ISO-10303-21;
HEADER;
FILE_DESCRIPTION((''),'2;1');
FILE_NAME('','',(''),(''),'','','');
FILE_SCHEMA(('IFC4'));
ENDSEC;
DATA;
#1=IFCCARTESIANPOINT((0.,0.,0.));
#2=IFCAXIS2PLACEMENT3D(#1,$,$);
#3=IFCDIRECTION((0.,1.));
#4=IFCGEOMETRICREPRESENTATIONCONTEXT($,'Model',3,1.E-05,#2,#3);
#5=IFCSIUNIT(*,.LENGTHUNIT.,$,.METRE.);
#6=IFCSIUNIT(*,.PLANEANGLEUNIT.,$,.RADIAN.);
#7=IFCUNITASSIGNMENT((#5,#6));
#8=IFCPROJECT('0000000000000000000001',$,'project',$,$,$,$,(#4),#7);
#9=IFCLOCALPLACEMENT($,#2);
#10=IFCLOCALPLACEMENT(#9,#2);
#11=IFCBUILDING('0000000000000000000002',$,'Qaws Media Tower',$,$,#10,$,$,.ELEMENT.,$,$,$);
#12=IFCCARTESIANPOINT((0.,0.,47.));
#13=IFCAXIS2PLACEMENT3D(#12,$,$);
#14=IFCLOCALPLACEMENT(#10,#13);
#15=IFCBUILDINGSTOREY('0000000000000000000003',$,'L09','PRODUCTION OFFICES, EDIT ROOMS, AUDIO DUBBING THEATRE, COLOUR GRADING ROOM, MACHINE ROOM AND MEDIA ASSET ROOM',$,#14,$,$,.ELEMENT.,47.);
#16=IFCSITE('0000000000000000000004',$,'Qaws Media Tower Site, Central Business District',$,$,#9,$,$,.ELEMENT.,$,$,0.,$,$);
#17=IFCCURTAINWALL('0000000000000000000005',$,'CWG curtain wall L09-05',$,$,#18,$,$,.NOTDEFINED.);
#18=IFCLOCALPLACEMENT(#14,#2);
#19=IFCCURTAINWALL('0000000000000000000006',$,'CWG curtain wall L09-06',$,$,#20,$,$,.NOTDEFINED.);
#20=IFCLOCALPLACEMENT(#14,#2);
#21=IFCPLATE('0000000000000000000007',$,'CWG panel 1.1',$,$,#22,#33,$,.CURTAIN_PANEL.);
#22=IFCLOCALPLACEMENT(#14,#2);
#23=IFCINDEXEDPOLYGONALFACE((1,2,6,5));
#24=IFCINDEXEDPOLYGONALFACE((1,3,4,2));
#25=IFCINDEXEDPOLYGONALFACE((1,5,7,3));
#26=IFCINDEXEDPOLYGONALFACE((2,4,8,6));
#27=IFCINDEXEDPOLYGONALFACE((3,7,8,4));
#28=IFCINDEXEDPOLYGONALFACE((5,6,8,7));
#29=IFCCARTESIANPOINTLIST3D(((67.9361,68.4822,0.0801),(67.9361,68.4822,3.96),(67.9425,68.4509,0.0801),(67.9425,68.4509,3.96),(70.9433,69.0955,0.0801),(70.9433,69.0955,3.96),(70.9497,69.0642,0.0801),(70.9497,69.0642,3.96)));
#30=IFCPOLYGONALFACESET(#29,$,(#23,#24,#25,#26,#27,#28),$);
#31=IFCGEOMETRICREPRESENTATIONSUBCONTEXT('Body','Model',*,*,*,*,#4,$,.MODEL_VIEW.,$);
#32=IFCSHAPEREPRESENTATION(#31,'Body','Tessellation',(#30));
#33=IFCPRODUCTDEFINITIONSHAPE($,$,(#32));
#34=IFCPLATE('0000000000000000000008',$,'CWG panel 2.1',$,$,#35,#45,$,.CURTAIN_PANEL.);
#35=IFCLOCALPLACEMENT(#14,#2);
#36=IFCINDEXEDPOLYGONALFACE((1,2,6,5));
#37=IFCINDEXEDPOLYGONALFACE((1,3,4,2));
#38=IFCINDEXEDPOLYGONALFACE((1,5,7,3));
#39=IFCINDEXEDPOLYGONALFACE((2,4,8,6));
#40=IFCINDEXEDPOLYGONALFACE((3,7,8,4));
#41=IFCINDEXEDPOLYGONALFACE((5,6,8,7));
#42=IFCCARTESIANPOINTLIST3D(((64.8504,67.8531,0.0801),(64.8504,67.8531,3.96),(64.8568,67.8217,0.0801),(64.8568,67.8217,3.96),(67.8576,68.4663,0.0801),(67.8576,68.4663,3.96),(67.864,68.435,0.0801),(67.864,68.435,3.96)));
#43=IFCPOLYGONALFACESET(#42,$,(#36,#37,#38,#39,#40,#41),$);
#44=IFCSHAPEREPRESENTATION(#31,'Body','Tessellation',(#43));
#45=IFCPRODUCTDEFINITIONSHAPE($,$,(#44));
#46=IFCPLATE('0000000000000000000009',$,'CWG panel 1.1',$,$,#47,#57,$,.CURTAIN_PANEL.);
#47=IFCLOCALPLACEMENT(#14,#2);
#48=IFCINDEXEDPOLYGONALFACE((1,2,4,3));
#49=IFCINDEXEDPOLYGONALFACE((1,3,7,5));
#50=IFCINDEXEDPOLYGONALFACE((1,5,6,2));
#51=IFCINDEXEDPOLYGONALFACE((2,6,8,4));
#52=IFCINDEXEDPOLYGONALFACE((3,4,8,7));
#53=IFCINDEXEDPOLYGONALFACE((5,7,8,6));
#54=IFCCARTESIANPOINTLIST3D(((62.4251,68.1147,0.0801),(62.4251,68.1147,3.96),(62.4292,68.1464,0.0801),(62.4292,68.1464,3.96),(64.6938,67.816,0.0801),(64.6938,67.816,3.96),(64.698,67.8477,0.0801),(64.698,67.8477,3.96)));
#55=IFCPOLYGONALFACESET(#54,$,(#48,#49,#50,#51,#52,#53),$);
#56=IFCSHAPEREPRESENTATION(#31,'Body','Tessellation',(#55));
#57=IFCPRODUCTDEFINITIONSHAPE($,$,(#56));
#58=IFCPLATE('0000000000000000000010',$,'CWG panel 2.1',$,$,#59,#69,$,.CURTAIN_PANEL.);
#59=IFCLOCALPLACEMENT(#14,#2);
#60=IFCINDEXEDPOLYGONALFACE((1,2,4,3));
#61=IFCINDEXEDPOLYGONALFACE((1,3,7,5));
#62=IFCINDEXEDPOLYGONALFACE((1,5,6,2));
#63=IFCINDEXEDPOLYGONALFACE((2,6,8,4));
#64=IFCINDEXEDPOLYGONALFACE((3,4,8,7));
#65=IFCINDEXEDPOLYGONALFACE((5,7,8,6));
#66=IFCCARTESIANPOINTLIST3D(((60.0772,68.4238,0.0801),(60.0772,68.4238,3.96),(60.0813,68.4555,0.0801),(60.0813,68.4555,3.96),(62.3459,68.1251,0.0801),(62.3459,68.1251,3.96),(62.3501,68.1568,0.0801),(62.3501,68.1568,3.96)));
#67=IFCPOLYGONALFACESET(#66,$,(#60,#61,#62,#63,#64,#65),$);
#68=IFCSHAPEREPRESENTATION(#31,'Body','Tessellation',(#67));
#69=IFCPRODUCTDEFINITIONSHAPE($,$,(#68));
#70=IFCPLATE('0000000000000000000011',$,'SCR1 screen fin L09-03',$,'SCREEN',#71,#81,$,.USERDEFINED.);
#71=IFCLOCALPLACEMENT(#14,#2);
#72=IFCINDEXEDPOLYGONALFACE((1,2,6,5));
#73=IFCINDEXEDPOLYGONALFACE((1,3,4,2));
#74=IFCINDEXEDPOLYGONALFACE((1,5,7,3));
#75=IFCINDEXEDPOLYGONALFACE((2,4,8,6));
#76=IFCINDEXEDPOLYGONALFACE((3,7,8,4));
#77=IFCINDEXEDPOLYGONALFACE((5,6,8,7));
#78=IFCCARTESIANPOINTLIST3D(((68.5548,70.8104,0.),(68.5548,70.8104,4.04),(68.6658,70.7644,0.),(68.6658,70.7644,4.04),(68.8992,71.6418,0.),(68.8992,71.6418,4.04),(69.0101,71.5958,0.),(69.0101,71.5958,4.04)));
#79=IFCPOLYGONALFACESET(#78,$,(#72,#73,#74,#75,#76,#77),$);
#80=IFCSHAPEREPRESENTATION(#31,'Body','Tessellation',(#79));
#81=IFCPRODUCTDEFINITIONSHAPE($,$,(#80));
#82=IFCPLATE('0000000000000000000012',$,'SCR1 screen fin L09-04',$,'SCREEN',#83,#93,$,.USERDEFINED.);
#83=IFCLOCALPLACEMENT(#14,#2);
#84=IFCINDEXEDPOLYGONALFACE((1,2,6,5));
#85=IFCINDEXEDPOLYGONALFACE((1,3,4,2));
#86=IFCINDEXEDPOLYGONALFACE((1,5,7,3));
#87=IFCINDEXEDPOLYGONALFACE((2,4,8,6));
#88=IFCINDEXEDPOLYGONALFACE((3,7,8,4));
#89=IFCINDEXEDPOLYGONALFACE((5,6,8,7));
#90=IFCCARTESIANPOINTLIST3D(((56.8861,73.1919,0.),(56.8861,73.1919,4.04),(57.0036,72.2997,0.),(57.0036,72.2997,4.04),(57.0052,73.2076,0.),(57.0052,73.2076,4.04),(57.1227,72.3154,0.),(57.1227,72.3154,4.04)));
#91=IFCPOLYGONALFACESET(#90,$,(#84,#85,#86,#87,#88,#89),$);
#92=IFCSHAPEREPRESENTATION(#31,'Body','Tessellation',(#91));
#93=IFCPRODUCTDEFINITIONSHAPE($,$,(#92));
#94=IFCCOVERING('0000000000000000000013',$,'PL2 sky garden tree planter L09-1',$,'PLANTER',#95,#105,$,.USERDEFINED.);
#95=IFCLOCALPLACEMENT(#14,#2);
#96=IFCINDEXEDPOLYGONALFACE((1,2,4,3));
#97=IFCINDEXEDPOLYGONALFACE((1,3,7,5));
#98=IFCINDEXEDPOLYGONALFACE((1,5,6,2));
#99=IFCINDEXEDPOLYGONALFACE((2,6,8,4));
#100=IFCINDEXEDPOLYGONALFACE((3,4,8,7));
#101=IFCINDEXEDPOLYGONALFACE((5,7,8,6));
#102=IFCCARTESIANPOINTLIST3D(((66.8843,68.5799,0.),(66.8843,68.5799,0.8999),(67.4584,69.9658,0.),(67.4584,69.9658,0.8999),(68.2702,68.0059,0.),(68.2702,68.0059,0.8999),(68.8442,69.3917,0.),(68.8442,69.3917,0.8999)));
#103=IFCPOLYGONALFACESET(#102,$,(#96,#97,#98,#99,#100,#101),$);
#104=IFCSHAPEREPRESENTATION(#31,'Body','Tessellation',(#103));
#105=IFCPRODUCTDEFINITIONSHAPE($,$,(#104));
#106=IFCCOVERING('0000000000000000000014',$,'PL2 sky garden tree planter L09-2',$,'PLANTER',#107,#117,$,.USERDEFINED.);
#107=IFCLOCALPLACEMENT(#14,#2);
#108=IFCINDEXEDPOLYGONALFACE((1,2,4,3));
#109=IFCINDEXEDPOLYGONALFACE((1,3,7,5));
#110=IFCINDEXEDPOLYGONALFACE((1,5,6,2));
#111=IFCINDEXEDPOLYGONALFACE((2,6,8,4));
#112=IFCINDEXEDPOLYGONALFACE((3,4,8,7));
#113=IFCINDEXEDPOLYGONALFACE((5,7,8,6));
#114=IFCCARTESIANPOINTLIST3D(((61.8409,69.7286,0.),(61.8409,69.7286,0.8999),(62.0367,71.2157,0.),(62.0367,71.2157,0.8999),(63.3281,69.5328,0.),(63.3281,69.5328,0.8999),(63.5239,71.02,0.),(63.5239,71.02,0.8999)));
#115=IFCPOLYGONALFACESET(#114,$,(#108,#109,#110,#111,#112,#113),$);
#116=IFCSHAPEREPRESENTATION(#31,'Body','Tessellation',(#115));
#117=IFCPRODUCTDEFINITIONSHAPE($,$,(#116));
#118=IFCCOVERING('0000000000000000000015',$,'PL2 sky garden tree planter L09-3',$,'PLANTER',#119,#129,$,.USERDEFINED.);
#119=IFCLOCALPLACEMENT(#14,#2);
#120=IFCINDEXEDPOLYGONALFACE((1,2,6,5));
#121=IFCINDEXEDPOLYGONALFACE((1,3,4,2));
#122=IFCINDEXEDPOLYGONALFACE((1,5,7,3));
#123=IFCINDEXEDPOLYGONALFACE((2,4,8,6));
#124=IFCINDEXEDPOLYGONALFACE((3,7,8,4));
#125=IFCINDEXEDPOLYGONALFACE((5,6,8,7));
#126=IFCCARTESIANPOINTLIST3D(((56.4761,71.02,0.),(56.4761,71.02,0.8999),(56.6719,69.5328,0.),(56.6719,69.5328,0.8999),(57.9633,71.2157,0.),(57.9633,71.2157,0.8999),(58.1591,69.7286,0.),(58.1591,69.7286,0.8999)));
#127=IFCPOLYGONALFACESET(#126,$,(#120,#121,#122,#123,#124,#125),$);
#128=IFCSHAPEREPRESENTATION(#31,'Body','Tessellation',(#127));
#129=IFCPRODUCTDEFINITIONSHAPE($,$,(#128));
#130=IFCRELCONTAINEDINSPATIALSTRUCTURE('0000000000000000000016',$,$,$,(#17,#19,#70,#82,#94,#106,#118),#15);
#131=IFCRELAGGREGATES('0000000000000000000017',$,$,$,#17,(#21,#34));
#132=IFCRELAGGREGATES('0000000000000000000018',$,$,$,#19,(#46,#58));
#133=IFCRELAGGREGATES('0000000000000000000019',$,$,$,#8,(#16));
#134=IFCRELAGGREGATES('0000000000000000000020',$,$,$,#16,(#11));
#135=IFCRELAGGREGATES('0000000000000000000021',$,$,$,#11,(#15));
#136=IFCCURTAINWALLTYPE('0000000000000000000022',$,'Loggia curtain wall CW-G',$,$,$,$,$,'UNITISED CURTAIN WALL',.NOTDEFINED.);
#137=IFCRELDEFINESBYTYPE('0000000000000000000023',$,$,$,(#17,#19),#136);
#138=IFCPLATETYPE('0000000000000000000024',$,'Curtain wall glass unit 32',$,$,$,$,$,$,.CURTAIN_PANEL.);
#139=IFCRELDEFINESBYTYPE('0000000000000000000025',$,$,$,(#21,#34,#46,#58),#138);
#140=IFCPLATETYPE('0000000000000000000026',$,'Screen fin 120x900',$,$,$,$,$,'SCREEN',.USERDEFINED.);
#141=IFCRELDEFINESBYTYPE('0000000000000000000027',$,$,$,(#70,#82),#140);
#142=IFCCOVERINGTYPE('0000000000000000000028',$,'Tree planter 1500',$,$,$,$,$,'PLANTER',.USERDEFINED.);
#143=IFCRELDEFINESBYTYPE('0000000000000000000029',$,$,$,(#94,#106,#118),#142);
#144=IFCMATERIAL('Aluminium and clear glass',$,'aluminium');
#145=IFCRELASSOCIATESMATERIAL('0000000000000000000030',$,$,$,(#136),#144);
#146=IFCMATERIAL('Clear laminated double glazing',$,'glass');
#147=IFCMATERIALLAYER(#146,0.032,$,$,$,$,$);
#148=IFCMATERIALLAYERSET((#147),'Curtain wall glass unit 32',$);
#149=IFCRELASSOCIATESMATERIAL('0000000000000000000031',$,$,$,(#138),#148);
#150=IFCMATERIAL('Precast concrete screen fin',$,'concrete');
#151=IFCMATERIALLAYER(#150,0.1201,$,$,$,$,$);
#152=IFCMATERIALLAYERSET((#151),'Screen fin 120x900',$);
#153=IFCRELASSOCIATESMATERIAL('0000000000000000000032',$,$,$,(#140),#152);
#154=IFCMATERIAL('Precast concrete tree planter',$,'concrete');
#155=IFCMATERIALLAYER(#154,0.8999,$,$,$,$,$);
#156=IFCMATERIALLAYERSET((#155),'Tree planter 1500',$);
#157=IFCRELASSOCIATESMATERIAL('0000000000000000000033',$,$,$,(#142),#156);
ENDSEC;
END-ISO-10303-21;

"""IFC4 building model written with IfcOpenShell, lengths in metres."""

from ifc_helpers import new_model, si_unit, direction, frame, origin, origin_2d, place, context, subcontext, project, spatial, rectangle, extrude, material, layer, layer_set, type_object, element, aggregate, save


model = new_model("IFC4")

# Units and contexts
model_context = context("Model", 3, precision=1e-05, world=origin(), true_north=direction((0.0, 1.0)))
body_context = subcontext(model_context, "Body", "Model", "MODEL_VIEW")
ifc_project = project(units=[si_unit("LENGTHUNIT", "METRE"), si_unit("PLANEANGLEUNIT", "RADIAN")], contexts=[model_context])

# Site, building, storey
site_placement = place(None, origin())
site = spatial("IfcSite", under=ifc_project, at=site_placement, Name="Qaws Media Tower Site, Central Business District", CompositionType="ELEMENT", RefElevation=0.0)
building_placement = place(site_placement, origin())
building = spatial("IfcBuilding", under=site, at=building_placement, Name="Qaws Media Tower", CompositionType="ELEMENT")
storey_placement = place(building_placement, frame((0.0, 0.0, 47.0)))
storey = spatial("IfcBuildingStorey", under=building, at=storey_placement, Name="L09", Description="PRODUCTION OFFICES, EDIT ROOMS, AUDIO DUBBING THEATRE, COLOUR GRADING ROOM, MACHINE ROOM AND MEDIA ASSET ROOM", CompositionType="ELEMENT", Elevation=47.0)

# Curtain walls
ifc_material_1 = material(Name="Aluminium and clear glass", Category="aluminium")
curtain_wall_type_1 = type_object("IfcCurtainWallType", Name="Loggia curtain wall CW-G", ElementType="UNITISED CURTAIN WALL", PredefinedType="NOTDEFINED", material=ifc_material_1)
curtain_wall_1_placement = place(storey_placement, origin())
curtain_wall_1 = element("IfcCurtainWall", 1, at=curtain_wall_1_placement, inside=storey, type_object=curtain_wall_type_1, Name="CWG curtain wall L09-05", PredefinedType="NOTDEFINED")
curtain_wall_2_placement = place(storey_placement, origin())
curtain_wall_2 = element("IfcCurtainWall", 2, at=curtain_wall_2_placement, inside=storey, type_object=curtain_wall_type_1, Name="CWG curtain wall L09-06", PredefinedType="NOTDEFINED")

# Plates
ifc_material_2 = material(Name="Clear laminated double glazing", Category="glass")
ifc_layer_1 = layer(ifc_material_2, 0.032)
ifc_layer_set_1 = layer_set([ifc_layer_1], Name="Curtain wall glass unit 32")
plate_type_1 = type_object("IfcPlateType", Name="Curtain wall glass unit 32", PredefinedType="CURTAIN_PANEL", material=ifc_layer_set_1)
plate_1_placement = place(storey_placement, frame((69.4429, 68.7732, 0.0801), z_axis=(0.0, 0.0, 1.0), x_axis=(-0.979833, -0.199819, 0.0)))
plate_1 = element("IfcPlate", 3, at=plate_1_placement, type_object=plate_type_1, Name="CWG panel 1.1", PredefinedType="CURTAIN_PANEL", context=body_context, shape_type="SweptSolid", body=[
    extrude(rectangle(XDim=3.0691, YDim=0.032, at=origin_2d()), origin(), (0.0, 0.0, 1.0), 3.8799),
])
plate_2_placement = place(storey_placement, frame((66.3572, 68.144, 0.0801), z_axis=(0.0, 0.0, 1.0), x_axis=(-0.979833, -0.199819, 0.0)))
plate_2 = element("IfcPlate", 4, at=plate_2_placement, type_object=plate_type_1, Name="CWG panel 2.1", PredefinedType="CURTAIN_PANEL", context=body_context, shape_type="SweptSolid", body=[
    extrude(rectangle(XDim=3.0691, YDim=0.032, at=origin_2d()), origin(), (0.0, 0.0, 1.0), 3.8799),
])
aggregate(curtain_wall_1, [plate_1, plate_2])
plate_3_placement = place(storey_placement, frame((63.5615, 67.9812, 0.0801), z_axis=(0.0, 0.0, 1.0), x_axis=(-0.991445, 0.130526, 0.0)))
plate_3 = element("IfcPlate", 5, at=plate_3_placement, type_object=plate_type_1, Name="CWG panel 1.1", PredefinedType="CURTAIN_PANEL", context=body_context, shape_type="SweptSolid", body=[
    extrude(rectangle(XDim=2.2883, YDim=0.032, at=origin_2d()), origin(), (0.0, 0.0, 1.0), 3.8799),
])
plate_4_placement = place(storey_placement, frame((61.2136, 68.2903, 0.0801), z_axis=(0.0, 0.0, 1.0), x_axis=(-0.991445, 0.130526, 0.0)))
plate_4 = element("IfcPlate", 6, at=plate_4_placement, type_object=plate_type_1, Name="CWG panel 2.1", PredefinedType="CURTAIN_PANEL", context=body_context, shape_type="SweptSolid", body=[
    extrude(rectangle(XDim=2.2883, YDim=0.032, at=origin_2d()), origin(), (0.0, 0.0, 1.0), 3.8799),
])
aggregate(curtain_wall_2, [plate_3, plate_4])

# Plates
ifc_material_3 = material(Name="Precast concrete screen fin", Category="concrete")
ifc_layer_2 = layer(ifc_material_3, 0.1201)
ifc_layer_set_2 = layer_set([ifc_layer_2], Name="Screen fin 120x900")
plate_type_2 = type_object("IfcPlateType", Name="Screen fin 120x900", ElementType="SCREEN", PredefinedType="USERDEFINED", material=ifc_layer_set_2)
for number, where, z_axis, x_axis, name in (
    (7, (68.7825, 71.2031, 0.0), (0.0, 0.0, 1.0), (0.382683, 0.92388, 0.0), "SCR1 screen fin L09-03"),
    (8, (57.0044, 72.7537, 0.0), (0.0, 0.0, 1.0), (-0.130526, 0.991445, 0.0), "SCR1 screen fin L09-04"),
):
    element("IfcPlate", number, at=place(storey_placement, frame(where, z_axis=z_axis, x_axis=x_axis)), inside=storey, type_object=plate_type_2, Name=name, ObjectType="SCREEN", PredefinedType="USERDEFINED", context=body_context, shape_type="SweptSolid", body=[
        extrude(rectangle(XDim=0.8999, YDim=0.1201, at=origin_2d()), origin(), (0.0, 0.0, 1.0), 4.04),
    ])

# Coverings
ifc_material_4 = material(Name="Precast concrete tree planter", Category="concrete")
ifc_layer_3 = layer(ifc_material_4, 0.8999)
ifc_layer_set_3 = layer_set([ifc_layer_3], Name="Tree planter 1500")
covering_type = type_object("IfcCoveringType", Name="Tree planter 1500", ElementType="PLANTER", PredefinedType="USERDEFINED", material=ifc_layer_set_3)
for number, where, z_axis, x_axis, name in (
    (9, (67.8643, 68.9858, 0.0), (0.0, 0.0, 1.0), (0.382683, 0.92388, 0.0), "PL2 sky garden tree planter L09-1"),
    (10, (62.6824, 70.3743, 0.0), (0.0, 0.0, 1.0), (0.130526, 0.991445, 0.0), "PL2 sky garden tree planter L09-2"),
    (11, (57.3176, 70.3743, 0.0), (0.0, 0.0, 1.0), (-0.130526, 0.991445, 0.0), "PL2 sky garden tree planter L09-3"),
):
    element("IfcCovering", number, at=place(storey_placement, frame(where, z_axis=z_axis, x_axis=x_axis)), inside=storey, type_object=covering_type, Name=name, ObjectType="PLANTER", PredefinedType="USERDEFINED", context=body_context, shape_type="SweptSolid", body=[
        extrude(rectangle(XDim=1.5, YDim=1.5, at=origin_2d()), origin(), (0.0, 0.0, 1.0), 0.8999),
    ])

save(model, "model.ifc")
